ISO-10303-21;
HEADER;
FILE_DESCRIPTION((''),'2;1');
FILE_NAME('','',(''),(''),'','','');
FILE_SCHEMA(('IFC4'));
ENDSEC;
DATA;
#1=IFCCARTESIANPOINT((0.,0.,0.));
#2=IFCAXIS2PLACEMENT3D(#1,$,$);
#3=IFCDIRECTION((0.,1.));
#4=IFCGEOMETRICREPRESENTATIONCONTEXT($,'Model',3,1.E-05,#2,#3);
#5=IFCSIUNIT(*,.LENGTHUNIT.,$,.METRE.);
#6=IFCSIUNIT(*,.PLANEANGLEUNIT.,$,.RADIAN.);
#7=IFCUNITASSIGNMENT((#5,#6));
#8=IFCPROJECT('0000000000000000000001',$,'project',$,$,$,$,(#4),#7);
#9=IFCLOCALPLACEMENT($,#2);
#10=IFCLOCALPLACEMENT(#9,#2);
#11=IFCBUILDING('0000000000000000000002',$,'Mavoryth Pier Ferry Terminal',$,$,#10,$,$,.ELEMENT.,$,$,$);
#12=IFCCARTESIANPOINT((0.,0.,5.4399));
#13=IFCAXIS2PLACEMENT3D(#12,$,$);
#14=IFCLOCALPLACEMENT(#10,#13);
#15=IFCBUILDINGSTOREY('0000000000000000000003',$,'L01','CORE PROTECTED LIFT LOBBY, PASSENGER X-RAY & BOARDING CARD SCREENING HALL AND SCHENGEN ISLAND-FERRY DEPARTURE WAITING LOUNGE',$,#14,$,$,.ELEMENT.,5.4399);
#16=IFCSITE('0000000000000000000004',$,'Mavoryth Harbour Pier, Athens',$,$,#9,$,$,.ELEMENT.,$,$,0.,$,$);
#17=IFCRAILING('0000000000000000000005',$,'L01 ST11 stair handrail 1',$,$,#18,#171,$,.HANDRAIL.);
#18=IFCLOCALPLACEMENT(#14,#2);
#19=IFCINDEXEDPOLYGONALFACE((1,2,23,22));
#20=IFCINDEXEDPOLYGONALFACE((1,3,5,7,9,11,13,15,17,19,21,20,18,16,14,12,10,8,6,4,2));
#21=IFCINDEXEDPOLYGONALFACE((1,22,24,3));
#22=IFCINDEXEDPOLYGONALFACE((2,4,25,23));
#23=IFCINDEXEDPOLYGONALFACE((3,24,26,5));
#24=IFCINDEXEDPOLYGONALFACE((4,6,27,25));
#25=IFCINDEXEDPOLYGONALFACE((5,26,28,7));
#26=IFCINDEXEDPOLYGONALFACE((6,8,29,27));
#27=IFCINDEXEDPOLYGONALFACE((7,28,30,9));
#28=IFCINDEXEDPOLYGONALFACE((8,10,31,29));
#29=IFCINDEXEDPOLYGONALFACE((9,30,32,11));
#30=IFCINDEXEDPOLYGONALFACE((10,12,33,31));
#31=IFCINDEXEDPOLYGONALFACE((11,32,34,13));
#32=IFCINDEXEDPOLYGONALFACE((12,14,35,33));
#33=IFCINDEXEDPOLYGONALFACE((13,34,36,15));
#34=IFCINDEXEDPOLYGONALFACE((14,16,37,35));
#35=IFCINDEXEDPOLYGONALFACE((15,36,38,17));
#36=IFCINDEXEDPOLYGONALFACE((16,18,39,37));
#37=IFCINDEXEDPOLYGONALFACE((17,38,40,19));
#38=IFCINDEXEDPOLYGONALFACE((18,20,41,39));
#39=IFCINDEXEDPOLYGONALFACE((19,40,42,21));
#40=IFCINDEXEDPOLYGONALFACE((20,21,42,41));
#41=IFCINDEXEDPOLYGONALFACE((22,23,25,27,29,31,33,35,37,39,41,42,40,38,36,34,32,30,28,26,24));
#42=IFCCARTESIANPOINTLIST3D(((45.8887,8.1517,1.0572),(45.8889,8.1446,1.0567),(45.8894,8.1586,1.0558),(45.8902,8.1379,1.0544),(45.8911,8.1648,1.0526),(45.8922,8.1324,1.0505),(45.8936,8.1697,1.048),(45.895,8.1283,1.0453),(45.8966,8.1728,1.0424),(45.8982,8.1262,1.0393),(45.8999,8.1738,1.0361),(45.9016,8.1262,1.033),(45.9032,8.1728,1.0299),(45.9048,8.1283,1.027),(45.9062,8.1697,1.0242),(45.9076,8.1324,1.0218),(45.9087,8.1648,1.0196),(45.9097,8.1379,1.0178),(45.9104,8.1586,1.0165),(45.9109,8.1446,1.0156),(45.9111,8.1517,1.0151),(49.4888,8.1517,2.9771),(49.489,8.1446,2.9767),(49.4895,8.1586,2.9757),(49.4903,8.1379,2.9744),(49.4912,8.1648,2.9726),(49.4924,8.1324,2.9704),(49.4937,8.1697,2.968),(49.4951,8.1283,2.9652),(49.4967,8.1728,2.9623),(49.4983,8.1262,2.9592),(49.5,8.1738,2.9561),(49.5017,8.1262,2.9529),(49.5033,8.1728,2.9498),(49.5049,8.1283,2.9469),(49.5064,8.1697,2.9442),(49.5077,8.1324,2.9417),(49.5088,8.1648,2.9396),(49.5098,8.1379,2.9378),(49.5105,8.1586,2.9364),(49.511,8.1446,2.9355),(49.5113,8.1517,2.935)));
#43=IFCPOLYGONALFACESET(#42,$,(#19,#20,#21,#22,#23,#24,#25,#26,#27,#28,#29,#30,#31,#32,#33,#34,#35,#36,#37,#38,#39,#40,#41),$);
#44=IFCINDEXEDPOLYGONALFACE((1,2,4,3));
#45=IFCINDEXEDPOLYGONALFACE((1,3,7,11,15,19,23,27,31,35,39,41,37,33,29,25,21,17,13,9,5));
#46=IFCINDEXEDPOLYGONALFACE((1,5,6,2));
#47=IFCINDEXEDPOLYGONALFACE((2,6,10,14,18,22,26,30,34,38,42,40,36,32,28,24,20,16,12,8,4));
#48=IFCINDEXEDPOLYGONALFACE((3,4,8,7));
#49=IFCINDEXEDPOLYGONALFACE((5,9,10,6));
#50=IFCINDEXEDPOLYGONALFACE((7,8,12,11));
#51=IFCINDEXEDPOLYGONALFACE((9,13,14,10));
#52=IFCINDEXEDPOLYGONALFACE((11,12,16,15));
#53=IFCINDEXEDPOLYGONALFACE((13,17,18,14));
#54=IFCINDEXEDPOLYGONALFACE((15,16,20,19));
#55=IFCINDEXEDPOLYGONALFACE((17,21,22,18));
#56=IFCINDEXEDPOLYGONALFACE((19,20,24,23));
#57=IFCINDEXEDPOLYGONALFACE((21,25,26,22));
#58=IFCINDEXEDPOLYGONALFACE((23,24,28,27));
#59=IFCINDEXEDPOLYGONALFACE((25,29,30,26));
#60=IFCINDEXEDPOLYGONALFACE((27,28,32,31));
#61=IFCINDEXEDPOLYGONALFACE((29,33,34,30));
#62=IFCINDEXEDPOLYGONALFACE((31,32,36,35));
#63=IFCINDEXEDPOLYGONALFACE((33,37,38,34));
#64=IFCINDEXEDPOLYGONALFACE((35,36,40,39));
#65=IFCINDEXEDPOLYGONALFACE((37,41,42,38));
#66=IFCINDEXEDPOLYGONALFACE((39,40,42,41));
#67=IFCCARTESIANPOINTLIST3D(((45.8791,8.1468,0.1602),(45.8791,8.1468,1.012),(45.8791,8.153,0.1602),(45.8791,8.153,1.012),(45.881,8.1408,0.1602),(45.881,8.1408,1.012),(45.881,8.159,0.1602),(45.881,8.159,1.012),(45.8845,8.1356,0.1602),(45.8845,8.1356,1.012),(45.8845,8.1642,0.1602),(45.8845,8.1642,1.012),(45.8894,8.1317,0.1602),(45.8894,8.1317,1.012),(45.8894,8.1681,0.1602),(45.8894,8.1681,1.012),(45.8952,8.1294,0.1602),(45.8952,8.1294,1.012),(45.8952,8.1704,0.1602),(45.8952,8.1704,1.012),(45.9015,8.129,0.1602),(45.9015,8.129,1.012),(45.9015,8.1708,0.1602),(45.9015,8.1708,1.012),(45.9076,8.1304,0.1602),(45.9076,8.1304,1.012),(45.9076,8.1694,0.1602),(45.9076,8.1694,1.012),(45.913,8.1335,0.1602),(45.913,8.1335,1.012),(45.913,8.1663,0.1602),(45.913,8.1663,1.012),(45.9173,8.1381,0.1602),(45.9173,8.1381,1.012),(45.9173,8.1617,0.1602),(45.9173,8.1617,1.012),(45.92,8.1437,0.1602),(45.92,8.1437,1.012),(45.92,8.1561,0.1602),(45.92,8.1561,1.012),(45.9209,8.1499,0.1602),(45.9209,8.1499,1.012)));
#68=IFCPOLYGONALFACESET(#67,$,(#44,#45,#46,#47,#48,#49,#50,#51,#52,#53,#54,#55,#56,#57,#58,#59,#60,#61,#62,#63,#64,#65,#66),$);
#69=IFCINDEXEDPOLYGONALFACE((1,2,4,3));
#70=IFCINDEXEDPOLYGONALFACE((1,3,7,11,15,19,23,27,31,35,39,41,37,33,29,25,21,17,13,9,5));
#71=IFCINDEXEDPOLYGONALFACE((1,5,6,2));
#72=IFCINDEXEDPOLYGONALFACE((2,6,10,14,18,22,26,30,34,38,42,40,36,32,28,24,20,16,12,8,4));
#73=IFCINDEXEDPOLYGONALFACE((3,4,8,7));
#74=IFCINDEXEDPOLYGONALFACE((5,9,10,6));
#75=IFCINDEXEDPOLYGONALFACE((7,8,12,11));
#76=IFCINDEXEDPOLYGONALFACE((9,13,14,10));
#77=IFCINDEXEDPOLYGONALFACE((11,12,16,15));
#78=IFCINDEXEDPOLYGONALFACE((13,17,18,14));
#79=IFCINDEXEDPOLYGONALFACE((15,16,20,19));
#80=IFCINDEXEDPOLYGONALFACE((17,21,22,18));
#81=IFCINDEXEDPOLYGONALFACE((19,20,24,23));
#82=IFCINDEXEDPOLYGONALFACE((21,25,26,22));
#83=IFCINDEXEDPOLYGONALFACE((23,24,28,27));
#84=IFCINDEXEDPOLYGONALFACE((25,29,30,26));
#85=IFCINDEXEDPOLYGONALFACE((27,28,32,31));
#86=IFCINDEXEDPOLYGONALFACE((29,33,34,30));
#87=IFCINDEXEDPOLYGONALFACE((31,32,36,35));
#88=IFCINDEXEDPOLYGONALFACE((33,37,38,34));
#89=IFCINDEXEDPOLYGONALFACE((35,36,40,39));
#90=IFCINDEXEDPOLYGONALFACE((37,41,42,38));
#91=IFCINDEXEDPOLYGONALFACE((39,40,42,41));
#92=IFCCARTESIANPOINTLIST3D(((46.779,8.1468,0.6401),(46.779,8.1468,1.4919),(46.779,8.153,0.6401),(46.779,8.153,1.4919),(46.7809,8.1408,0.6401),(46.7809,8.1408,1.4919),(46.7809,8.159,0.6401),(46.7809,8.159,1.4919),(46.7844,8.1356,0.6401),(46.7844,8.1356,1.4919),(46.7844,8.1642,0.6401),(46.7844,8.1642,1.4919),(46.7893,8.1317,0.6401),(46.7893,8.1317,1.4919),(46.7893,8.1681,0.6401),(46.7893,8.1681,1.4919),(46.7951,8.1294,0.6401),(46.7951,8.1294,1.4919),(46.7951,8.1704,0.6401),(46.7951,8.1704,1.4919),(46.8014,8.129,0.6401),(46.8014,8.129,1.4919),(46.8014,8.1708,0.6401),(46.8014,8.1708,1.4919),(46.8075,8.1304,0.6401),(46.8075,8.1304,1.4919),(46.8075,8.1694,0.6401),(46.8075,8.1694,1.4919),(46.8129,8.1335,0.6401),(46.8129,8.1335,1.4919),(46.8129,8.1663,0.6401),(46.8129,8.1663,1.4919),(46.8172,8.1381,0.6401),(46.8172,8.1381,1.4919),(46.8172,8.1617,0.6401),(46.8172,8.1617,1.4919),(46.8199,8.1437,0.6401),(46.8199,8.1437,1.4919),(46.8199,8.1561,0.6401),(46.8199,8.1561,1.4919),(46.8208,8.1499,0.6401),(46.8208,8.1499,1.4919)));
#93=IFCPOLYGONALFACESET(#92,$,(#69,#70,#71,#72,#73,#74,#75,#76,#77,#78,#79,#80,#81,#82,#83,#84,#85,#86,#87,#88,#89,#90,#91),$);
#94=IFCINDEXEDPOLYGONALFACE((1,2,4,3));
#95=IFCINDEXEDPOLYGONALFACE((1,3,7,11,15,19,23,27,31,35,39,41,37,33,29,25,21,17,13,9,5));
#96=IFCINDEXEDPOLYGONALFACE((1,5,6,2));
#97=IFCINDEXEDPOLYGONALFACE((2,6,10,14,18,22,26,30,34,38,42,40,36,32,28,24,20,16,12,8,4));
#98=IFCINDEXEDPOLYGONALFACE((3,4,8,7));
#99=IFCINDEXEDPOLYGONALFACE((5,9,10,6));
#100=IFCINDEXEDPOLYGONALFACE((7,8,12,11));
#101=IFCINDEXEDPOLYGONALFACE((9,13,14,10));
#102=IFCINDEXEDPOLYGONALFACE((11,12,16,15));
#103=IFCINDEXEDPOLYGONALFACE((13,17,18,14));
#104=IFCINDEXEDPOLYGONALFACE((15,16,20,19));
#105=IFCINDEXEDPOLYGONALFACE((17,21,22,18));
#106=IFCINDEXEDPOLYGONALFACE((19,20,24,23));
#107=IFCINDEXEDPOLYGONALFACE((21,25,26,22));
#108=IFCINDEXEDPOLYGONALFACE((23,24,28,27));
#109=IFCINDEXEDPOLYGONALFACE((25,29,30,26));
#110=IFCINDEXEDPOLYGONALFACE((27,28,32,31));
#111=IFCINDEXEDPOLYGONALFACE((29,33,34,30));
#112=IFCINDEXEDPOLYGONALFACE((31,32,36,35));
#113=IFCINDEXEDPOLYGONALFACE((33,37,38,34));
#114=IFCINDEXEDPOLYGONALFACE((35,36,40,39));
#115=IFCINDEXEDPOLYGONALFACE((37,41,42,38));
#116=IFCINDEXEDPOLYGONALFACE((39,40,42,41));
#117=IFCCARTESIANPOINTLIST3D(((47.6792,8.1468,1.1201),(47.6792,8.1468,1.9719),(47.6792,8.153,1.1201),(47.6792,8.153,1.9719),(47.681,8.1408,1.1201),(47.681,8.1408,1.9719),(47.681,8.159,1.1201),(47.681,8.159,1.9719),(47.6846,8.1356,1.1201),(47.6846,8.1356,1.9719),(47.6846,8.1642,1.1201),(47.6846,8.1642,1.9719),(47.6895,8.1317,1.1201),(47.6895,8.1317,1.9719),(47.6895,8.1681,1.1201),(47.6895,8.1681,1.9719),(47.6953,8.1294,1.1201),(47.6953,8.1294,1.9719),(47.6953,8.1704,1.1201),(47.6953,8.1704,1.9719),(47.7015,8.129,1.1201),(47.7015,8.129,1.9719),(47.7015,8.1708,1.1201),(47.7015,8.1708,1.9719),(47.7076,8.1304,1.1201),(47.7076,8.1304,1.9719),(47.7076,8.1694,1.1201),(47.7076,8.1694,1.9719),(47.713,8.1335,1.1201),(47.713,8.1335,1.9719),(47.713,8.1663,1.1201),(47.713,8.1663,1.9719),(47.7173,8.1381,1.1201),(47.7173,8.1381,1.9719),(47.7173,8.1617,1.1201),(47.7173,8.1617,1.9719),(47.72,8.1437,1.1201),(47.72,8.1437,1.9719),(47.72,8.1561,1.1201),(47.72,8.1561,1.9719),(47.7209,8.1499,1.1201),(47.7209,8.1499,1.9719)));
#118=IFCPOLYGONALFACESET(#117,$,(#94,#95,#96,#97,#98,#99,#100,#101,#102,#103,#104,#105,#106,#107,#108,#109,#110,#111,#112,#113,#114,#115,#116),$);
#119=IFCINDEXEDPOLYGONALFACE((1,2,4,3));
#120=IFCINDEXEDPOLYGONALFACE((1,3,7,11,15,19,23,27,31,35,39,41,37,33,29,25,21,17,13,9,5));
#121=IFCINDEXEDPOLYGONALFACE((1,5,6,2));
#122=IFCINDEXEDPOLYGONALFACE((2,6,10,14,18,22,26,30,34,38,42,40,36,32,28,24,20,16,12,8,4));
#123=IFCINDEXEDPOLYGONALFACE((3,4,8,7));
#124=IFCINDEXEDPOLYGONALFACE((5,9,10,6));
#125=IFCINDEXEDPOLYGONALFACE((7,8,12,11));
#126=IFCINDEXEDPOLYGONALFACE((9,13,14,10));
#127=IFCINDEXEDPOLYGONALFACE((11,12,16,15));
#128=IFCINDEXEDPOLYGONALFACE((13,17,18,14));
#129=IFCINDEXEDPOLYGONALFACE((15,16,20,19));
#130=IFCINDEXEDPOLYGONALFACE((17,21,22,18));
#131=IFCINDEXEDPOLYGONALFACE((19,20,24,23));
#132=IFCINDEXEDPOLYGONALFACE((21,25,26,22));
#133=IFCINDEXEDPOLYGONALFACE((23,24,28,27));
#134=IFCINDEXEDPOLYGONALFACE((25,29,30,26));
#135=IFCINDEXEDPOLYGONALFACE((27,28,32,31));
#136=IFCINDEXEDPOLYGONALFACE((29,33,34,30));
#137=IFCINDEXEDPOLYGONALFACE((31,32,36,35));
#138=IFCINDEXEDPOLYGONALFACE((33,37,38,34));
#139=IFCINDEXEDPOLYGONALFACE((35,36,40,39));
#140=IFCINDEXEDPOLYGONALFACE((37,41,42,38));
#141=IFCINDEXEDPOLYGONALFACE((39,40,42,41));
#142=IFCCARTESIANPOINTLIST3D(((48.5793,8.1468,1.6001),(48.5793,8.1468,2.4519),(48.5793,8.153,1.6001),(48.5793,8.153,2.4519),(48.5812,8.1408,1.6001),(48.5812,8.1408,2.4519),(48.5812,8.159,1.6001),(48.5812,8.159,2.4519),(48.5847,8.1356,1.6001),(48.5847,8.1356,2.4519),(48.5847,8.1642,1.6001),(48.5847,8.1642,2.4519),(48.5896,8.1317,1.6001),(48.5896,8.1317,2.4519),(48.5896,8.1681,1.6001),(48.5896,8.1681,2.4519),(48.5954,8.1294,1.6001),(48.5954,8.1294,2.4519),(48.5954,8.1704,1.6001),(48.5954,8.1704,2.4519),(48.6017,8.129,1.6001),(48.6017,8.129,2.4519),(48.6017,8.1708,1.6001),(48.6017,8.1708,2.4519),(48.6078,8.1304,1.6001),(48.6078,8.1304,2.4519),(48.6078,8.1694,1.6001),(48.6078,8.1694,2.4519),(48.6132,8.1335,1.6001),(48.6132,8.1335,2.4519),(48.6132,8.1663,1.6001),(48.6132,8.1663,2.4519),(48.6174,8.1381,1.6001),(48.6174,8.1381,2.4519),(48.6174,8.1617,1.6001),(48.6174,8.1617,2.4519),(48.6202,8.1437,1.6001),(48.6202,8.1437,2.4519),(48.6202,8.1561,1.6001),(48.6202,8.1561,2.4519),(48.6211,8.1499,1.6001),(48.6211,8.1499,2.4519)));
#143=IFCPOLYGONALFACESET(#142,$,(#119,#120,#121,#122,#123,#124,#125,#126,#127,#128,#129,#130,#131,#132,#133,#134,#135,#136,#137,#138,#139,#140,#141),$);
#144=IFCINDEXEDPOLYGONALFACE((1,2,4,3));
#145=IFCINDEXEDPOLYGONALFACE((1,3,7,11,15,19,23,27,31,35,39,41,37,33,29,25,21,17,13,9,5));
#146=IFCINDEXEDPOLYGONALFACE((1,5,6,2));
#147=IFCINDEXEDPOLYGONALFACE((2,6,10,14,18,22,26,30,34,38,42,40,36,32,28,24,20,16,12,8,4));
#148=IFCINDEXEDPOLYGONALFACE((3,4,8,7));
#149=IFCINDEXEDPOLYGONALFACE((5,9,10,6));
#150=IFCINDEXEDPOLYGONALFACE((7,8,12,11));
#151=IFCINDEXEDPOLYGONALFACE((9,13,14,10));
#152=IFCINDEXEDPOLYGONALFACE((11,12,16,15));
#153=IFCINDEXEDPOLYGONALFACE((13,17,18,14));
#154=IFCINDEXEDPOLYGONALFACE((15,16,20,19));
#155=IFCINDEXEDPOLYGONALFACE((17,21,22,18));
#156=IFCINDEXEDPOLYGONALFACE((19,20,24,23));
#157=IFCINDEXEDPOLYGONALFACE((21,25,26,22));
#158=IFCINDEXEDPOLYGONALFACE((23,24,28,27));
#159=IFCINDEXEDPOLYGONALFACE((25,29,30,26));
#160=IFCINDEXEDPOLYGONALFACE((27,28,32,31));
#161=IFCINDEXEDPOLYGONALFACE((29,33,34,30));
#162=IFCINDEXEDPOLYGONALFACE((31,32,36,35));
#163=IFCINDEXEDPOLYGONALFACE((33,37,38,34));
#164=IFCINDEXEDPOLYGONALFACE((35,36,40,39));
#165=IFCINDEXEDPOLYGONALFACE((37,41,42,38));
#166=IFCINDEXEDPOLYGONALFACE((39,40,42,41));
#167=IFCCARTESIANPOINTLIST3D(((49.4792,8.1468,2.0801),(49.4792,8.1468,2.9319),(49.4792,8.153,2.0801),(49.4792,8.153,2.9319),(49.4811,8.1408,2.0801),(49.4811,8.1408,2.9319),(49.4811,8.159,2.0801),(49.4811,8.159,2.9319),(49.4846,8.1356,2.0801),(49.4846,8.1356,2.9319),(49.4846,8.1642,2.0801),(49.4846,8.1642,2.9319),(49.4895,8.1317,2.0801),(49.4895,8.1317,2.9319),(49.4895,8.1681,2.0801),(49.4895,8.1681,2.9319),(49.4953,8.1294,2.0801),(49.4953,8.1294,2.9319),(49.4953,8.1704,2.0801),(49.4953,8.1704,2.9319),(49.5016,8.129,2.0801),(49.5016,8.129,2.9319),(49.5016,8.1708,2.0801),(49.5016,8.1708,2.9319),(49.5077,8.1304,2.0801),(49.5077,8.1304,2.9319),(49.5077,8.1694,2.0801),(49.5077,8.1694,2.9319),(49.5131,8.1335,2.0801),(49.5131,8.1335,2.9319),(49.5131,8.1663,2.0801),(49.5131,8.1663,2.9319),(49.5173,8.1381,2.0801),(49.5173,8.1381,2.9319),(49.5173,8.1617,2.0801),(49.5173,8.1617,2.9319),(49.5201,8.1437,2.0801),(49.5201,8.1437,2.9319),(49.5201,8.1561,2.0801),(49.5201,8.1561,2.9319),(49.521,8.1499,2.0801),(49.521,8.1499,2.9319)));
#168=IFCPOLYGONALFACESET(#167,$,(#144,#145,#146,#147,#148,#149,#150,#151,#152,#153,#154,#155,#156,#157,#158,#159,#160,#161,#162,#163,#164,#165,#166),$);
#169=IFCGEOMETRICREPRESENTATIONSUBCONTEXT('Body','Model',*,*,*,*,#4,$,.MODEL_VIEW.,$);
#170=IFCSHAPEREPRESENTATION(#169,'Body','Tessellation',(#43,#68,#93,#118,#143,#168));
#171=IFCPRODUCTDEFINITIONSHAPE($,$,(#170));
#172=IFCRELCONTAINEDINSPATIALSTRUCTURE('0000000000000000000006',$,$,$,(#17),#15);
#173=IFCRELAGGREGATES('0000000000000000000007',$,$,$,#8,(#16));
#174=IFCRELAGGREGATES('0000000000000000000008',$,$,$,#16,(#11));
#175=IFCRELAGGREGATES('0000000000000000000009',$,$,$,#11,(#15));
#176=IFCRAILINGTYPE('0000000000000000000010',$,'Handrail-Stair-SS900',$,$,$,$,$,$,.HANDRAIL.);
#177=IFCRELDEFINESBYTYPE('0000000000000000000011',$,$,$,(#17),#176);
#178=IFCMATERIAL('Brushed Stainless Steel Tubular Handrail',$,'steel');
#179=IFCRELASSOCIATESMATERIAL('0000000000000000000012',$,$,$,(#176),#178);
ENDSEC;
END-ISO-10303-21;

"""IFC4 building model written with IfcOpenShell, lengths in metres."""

from ifc_helpers import new_model, si_unit, direction, frame, origin, origin_2d, place, context, subcontext, project, spatial, circle, extrude, material, type_object, element, save


model = new_model("IFC4")

# Units and contexts
model_context = context("Model", 3, precision=1e-05, world=origin(), true_north=direction((0.0, 1.0)))
body_context = subcontext(model_context, "Body", "Model", "MODEL_VIEW")
ifc_project = project(units=[si_unit("LENGTHUNIT", "METRE"), si_unit("PLANEANGLEUNIT", "RADIAN")], contexts=[model_context])

# Site, building, storey
site_placement = place(None, origin())
site = spatial("IfcSite", under=ifc_project, at=site_placement, Name="Mavoryth Harbour Pier, Athens", CompositionType="ELEMENT", RefElevation=0.0)
building_placement = place(site_placement, origin())
building = spatial("IfcBuilding", under=site, at=building_placement, Name="Mavoryth Pier Ferry Terminal", CompositionType="ELEMENT")
storey_placement = place(building_placement, frame((0.0, 0.0, 5.4399)))
storey = spatial("IfcBuildingStorey", under=building, at=storey_placement, Name="L01", Description="CORE PROTECTED LIFT LOBBY, PASSENGER X-RAY & BOARDING CARD SCREENING HALL AND SCHENGEN ISLAND-FERRY DEPARTURE WAITING LOUNGE", CompositionType="ELEMENT", Elevation=5.4399)

# Railing
ifc_material_1 = material(Name="Brushed Stainless Steel Tubular Handrail", Category="steel")
railing_type = type_object("IfcRailingType", Name="Handrail-Stair-SS900", PredefinedType="HANDRAIL", material=ifc_material_1)
railing_placement = place(storey_placement, frame((45.8999, 8.1499, 0.1602)))
element("IfcRailing", 1, at=railing_placement, inside=storey, type_object=railing_type, Name="L01 ST11 stair handrail 1", PredefinedType="HANDRAIL", context=body_context, shape_type="SweptSolid", body=[
    extrude(circle(Radius=0.0239, at=origin_2d()), frame((0.0, 0.0, 0.876), z_axis=(0.882366, 0.0, 0.470563), x_axis=(0.0, 1.0, 0.0)), (0.0, 0.0, 1.0), 4.0801),
    extrude(circle(Radius=0.021, at=origin_2d()), origin(), (0.0, 0.0, 1.0), 0.8518),
    extrude(circle(Radius=0.021, at=origin_2d()), frame((0.8999, 0.0, 0.48)), (0.0, 0.0, 1.0), 0.8518),
    extrude(circle(Radius=0.021, at=origin_2d()), frame((1.8, 0.0, 0.96)), (0.0, 0.0, 1.0), 0.8518),
    extrude(circle(Radius=0.021, at=origin_2d()), frame((2.7002, 0.0, 1.4399)), (0.0, 0.0, 1.0), 0.8518),
    extrude(circle(Radius=0.021, at=origin_2d()), frame((3.6001, 0.0, 1.9199)), (0.0, 0.0, 1.0), 0.8518),
])

save(model, "model.ifc")
